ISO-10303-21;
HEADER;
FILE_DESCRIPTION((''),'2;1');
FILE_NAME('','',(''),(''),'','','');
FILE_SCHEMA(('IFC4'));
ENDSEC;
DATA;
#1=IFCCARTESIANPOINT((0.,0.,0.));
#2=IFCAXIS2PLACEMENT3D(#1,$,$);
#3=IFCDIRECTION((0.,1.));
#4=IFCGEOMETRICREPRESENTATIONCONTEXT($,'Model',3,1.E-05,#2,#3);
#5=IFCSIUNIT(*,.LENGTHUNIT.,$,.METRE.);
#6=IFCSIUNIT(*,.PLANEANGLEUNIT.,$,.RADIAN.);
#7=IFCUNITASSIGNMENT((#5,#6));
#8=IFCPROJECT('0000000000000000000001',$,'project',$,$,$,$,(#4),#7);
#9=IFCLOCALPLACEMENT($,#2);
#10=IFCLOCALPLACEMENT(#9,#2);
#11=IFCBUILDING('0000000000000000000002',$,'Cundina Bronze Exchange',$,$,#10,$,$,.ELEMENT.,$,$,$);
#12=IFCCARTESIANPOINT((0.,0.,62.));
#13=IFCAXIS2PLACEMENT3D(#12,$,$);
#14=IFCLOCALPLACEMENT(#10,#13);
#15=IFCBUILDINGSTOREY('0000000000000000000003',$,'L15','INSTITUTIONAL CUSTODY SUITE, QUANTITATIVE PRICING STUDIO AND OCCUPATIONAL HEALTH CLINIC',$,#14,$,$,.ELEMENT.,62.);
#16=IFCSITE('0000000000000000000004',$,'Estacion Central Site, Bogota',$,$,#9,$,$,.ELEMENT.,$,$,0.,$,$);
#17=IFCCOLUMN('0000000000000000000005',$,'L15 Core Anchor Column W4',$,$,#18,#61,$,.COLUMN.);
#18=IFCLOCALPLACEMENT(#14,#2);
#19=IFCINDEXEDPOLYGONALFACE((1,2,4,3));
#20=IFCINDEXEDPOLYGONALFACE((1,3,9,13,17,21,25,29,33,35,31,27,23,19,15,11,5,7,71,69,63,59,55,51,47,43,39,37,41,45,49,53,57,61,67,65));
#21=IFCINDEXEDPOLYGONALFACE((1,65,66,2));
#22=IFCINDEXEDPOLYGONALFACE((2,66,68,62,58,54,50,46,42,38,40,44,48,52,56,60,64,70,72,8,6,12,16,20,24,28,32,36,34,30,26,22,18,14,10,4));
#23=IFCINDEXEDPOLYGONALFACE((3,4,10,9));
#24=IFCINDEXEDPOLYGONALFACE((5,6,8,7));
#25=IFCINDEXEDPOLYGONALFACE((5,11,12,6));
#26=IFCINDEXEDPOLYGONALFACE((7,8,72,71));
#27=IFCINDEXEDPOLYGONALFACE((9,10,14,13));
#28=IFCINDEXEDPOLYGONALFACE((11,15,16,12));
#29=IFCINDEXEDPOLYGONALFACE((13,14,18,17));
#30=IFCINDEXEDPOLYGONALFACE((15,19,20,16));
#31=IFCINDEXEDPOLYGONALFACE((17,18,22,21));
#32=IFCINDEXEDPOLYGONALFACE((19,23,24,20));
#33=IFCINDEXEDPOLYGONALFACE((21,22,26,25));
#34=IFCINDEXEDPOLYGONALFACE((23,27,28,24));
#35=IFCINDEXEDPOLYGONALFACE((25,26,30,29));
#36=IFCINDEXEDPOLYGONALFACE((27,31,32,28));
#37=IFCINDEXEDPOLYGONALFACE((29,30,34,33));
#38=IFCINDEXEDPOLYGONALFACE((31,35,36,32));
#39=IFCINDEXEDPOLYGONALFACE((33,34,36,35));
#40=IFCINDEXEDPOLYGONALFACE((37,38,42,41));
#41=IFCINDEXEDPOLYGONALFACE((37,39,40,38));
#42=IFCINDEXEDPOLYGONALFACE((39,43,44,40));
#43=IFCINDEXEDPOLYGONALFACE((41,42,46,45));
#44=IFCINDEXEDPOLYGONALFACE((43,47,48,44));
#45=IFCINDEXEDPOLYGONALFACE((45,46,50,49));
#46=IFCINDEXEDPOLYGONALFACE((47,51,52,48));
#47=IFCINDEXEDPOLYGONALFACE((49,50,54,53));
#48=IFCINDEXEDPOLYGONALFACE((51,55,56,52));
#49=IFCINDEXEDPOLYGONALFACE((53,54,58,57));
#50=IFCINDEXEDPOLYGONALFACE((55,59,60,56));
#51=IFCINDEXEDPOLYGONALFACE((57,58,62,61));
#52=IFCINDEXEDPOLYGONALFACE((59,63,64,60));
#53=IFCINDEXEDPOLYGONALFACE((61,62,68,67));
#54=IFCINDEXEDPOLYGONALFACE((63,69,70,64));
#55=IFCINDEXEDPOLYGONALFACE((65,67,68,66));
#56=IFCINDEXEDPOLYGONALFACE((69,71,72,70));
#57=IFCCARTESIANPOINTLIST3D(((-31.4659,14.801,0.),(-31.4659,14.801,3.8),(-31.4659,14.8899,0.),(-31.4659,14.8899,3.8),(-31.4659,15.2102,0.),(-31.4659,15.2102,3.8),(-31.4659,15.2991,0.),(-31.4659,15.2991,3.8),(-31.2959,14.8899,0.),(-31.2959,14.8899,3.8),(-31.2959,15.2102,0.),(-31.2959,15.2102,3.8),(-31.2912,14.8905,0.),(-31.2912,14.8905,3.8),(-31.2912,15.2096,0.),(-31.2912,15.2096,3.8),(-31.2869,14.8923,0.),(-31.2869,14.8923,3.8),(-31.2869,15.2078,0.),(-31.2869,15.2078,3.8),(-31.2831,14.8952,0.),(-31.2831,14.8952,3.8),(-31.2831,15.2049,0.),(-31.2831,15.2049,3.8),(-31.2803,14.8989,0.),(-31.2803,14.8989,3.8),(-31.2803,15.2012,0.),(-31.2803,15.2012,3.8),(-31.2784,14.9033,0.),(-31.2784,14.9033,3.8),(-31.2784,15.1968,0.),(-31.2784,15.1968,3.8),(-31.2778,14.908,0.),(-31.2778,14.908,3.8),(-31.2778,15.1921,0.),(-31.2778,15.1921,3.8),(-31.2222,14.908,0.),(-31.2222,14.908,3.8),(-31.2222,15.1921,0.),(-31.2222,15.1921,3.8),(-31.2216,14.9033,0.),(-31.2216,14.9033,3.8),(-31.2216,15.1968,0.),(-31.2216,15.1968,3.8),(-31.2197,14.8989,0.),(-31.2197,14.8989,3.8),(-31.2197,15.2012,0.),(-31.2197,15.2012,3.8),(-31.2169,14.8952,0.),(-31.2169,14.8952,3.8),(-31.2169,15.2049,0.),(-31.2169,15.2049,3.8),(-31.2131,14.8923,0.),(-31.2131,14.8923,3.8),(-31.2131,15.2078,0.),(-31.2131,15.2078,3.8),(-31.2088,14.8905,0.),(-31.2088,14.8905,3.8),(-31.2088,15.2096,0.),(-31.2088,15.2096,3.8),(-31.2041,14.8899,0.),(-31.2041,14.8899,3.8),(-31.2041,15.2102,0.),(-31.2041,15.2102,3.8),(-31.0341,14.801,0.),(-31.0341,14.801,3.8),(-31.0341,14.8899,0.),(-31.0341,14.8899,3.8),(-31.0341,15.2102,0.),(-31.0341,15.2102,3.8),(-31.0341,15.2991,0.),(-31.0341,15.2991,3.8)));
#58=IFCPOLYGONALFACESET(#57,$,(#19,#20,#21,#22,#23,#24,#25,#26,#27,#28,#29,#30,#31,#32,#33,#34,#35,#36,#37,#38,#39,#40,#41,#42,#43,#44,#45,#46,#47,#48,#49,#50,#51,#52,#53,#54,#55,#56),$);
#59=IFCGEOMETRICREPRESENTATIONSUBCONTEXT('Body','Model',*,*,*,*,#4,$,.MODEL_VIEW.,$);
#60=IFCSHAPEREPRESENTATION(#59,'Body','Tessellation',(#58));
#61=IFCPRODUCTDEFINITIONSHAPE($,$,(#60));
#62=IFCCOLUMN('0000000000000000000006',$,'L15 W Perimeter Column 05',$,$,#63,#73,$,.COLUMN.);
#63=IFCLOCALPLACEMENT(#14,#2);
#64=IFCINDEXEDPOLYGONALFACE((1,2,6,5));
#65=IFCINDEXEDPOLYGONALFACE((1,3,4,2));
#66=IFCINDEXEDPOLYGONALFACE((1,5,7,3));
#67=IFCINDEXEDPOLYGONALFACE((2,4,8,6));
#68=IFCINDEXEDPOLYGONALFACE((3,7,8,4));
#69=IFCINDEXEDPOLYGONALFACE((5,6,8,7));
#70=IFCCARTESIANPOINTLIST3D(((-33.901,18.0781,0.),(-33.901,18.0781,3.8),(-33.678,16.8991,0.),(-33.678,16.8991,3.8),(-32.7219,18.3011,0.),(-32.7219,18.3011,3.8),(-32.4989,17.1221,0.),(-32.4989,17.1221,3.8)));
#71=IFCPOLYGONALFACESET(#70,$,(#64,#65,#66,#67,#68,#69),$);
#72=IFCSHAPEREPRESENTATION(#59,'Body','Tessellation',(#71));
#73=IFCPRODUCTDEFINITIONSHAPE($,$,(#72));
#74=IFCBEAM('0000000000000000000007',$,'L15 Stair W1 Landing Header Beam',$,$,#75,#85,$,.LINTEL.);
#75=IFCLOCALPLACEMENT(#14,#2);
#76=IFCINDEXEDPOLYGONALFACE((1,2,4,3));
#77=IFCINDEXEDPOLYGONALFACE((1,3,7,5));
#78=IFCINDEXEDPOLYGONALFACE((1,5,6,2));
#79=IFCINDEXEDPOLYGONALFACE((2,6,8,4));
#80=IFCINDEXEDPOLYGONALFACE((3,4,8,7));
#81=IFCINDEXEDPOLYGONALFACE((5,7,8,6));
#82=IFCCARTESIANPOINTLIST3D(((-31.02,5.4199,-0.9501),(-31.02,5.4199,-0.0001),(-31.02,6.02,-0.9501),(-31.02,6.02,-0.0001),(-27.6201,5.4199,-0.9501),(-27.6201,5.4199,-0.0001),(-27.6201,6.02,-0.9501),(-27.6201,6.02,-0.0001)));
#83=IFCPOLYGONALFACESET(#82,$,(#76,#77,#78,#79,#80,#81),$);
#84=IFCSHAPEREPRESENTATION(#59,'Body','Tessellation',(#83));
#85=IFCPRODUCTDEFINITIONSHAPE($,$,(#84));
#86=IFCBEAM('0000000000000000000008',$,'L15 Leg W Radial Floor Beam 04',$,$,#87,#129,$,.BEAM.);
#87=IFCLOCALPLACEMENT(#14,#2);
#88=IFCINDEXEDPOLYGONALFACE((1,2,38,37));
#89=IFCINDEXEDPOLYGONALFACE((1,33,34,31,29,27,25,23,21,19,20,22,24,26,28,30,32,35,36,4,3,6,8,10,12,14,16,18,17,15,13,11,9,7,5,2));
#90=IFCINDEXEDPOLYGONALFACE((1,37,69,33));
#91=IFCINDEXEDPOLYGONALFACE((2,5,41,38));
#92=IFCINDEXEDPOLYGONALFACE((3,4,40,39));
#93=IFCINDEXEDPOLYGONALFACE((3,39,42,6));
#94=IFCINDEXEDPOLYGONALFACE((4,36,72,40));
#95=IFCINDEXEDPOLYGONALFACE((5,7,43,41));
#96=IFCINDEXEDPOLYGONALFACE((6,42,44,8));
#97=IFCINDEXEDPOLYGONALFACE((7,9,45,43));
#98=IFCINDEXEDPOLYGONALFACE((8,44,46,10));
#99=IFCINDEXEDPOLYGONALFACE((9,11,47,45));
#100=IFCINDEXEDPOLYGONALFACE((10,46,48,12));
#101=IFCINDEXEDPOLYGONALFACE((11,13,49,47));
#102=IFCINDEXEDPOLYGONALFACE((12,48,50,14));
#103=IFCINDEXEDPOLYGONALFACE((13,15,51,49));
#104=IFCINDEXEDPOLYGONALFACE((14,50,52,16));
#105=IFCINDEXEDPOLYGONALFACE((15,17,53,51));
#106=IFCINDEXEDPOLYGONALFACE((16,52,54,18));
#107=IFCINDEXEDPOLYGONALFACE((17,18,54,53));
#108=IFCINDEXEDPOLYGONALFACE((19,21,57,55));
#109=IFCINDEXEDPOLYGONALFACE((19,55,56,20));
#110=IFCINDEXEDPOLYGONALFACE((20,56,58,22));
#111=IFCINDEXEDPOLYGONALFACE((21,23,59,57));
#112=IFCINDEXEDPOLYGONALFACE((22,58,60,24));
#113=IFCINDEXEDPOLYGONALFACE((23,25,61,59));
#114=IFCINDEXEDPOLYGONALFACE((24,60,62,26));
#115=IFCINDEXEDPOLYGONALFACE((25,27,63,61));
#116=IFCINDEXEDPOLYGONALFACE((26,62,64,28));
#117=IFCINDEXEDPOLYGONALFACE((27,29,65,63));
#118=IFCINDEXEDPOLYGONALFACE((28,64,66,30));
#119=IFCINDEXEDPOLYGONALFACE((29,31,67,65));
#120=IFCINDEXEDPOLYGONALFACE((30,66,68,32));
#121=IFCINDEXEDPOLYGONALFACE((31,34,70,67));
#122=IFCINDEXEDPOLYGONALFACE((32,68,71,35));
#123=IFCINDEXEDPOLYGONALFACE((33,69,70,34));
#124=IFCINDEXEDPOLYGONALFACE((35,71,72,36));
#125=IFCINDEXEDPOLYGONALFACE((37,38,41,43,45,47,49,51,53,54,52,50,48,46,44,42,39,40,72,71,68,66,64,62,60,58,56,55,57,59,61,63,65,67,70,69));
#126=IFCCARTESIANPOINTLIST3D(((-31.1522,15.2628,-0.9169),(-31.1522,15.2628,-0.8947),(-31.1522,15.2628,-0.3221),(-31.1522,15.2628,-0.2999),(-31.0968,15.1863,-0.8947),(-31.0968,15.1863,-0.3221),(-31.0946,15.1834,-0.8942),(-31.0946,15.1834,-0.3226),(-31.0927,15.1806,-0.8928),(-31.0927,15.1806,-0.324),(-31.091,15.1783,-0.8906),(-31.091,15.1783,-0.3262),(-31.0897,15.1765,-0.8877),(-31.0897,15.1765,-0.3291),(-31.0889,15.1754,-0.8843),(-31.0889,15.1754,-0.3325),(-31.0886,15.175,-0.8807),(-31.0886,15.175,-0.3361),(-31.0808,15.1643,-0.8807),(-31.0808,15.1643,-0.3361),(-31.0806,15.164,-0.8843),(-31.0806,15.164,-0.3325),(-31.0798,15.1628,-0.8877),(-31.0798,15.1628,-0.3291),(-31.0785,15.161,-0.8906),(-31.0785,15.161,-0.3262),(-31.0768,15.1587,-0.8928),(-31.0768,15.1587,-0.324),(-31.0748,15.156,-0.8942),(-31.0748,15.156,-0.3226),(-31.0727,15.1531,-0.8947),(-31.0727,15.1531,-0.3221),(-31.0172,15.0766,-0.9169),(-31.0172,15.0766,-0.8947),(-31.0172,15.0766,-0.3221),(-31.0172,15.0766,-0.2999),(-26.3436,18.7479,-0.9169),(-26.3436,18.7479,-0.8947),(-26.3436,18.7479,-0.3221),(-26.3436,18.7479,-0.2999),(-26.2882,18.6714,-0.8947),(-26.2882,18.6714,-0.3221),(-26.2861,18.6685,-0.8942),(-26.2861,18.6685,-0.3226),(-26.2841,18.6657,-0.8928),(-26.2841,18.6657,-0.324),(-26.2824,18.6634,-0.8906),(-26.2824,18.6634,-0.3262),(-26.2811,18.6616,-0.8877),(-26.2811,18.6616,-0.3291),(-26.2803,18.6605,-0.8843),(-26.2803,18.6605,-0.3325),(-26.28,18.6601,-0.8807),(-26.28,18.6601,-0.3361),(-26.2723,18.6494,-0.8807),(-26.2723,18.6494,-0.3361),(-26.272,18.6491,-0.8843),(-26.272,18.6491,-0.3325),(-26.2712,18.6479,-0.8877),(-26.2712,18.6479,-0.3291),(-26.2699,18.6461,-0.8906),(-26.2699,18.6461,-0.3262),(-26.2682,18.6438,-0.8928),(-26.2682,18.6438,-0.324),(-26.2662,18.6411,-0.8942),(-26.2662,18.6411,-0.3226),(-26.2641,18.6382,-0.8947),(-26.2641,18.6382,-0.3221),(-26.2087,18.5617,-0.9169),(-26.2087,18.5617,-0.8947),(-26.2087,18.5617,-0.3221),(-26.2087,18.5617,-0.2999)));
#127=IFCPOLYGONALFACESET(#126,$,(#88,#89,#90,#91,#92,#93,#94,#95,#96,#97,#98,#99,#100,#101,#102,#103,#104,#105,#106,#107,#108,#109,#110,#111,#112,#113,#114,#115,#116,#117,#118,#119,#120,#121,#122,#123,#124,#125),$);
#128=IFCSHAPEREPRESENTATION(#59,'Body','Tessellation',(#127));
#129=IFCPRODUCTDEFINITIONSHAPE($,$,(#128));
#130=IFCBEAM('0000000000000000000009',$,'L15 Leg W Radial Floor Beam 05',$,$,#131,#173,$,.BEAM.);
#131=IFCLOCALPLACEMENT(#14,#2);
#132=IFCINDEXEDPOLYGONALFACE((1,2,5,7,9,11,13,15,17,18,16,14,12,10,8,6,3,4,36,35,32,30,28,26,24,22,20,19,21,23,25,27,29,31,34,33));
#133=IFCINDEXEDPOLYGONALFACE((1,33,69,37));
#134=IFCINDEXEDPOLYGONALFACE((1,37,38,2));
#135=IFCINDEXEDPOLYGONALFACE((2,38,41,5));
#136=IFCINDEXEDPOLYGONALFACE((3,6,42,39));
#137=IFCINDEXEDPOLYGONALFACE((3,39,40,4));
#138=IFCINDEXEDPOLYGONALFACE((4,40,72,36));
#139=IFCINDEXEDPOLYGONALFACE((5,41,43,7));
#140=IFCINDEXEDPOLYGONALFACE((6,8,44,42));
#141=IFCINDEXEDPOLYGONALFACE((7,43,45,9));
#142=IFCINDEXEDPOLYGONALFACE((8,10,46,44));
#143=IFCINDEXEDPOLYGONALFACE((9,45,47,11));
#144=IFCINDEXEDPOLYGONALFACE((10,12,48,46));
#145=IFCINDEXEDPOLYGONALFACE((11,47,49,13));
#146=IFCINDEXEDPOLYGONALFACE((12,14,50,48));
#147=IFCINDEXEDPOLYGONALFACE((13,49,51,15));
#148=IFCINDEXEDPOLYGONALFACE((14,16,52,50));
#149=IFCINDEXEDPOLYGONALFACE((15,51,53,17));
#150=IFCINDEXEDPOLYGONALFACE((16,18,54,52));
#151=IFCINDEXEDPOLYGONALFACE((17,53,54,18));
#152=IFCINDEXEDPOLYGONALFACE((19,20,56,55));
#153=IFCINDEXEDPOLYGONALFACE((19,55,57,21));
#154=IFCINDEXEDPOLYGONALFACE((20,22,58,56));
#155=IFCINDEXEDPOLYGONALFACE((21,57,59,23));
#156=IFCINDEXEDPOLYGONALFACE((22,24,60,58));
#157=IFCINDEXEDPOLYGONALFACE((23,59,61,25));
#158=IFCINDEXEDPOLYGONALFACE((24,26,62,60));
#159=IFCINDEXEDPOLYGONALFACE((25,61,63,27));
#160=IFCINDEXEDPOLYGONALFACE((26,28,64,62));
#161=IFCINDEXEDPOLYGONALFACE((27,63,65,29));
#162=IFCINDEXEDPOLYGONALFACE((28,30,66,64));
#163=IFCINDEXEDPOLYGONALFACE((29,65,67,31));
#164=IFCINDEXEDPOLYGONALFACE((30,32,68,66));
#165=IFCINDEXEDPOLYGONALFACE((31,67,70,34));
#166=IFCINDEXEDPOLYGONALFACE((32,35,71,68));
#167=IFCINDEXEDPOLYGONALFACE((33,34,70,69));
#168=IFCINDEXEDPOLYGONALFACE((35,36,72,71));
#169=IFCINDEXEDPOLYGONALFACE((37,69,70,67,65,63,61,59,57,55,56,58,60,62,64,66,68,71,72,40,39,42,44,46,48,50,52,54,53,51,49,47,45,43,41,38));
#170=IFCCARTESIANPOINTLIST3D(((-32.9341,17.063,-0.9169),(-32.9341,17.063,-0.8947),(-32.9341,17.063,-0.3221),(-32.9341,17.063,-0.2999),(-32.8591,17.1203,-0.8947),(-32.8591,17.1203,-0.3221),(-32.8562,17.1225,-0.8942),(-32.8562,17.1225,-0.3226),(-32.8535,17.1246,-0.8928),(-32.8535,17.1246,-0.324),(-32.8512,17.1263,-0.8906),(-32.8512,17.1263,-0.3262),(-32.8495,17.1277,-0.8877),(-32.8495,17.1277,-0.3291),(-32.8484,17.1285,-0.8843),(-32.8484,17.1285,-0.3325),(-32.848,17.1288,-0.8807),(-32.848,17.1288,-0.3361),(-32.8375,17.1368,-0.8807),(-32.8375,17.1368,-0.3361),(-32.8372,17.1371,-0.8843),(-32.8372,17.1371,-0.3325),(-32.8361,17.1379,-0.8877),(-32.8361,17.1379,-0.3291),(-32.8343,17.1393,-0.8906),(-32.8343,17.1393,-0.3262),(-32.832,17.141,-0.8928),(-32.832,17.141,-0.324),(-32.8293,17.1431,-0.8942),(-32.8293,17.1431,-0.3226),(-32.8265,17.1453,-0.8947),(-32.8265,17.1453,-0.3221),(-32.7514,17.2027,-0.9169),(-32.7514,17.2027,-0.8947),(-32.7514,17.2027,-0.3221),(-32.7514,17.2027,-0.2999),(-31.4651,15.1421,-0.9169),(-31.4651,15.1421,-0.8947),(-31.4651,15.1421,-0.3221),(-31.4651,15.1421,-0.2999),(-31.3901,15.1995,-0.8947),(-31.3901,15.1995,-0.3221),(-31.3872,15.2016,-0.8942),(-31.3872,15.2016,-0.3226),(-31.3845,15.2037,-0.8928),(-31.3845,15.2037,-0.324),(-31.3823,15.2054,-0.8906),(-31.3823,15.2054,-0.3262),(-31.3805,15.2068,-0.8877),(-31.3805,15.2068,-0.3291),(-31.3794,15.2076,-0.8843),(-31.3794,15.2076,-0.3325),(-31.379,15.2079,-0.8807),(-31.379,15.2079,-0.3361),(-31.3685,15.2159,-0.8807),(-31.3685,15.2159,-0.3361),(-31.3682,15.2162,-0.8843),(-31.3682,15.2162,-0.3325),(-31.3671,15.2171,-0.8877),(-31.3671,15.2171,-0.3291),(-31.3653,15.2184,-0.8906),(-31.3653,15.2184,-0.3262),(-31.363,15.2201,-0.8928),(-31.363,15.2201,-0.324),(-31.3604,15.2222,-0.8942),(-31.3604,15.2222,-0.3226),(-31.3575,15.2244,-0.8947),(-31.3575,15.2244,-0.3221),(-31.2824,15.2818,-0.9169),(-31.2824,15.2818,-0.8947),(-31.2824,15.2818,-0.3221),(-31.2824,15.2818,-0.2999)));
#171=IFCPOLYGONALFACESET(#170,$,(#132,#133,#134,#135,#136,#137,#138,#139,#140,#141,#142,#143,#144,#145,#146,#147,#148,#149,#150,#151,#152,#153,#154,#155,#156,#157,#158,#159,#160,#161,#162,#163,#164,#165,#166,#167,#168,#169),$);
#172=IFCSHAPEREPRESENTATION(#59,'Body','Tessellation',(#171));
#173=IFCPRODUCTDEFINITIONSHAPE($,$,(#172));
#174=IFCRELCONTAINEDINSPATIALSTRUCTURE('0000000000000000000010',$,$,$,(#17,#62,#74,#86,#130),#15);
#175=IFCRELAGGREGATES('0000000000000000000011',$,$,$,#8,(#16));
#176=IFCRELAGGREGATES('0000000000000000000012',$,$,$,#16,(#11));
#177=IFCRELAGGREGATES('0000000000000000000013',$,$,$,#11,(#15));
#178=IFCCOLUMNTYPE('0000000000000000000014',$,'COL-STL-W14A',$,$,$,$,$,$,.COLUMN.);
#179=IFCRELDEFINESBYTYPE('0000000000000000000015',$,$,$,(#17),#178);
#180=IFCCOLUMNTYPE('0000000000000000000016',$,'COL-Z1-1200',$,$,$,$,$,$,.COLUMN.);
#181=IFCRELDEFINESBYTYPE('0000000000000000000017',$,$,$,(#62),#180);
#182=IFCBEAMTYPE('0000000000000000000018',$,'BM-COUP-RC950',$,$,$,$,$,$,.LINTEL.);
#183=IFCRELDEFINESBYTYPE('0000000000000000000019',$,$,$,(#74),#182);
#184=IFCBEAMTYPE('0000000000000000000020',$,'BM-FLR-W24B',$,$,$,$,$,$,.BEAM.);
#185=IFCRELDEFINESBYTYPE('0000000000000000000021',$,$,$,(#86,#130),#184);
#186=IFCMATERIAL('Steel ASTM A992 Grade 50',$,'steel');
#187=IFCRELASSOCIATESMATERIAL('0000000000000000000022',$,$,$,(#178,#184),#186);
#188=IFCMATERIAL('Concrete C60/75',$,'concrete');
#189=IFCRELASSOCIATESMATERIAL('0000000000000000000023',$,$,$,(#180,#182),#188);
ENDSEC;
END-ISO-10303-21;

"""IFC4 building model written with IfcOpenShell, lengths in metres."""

from ifc_helpers import new_model, si_unit, direction, frame, origin, origin_2d, place, context, subcontext, project, spatial, rectangle, i_section, extrude, material, material_profile, profile_set, type_object, element, save


model = new_model("IFC4")

# Units and contexts
model_context = context("Model", 3, precision=1e-05, world=origin(), true_north=direction((0.0, 1.0)))
body_context = subcontext(model_context, "Body", "Model", "MODEL_VIEW")
ifc_project = project(units=[si_unit("LENGTHUNIT", "METRE"), si_unit("PLANEANGLEUNIT", "RADIAN")], contexts=[model_context])

# Site, building, storey
site_placement = place(None, origin())
site = spatial("IfcSite", under=ifc_project, at=site_placement, Name="Estacion Central Site, Bogota", CompositionType="ELEMENT", RefElevation=0.0)
building_placement = place(site_placement, origin())
building = spatial("IfcBuilding", under=site, at=building_placement, Name="Cundina Bronze Exchange", CompositionType="ELEMENT")
storey_placement = place(building_placement, frame((0.0, 0.0, 62.0)))
storey = spatial("IfcBuildingStorey", under=building, at=storey_placement, Name="L15", Description="INSTITUTIONAL CUSTODY SUITE, QUANTITATIVE PRICING STUDIO AND OCCUPATIONAL HEALTH CLINIC", CompositionType="ELEMENT", Elevation=62.0)

# Columns
ifc_material_1 = material(Name="Steel ASTM A992 Grade 50", Category="steel")
ifc_material_profile_1 = material_profile(ifc_material_1, i_section(OverallWidth=0.4319, OverallDepth=0.498, WebThickness=0.0557, FlangeThickness=0.0889, FilletRadius=0.0181, at=origin_2d()), Name="W14X500", Category="steel")
ifc_profile_set_1 = profile_set([ifc_material_profile_1], Name="Steel ASTM A992 Grade 50")
column_type_1 = type_object("IfcColumnType", Name="COL-STL-W14A", PredefinedType="COLUMN", material=ifc_profile_set_1)
column_1_placement = place(storey_placement, frame((-31.25, 15.05, 0.0), z_axis=(0.0, 0.0, 1.0), x_axis=(1.0, 0.0, 0.0)))
element("IfcColumn", 1, at=column_1_placement, inside=storey, type_object=column_type_1, Name="L15 Core Anchor Column W4", PredefinedType="COLUMN", context=body_context, shape_type="SweptSolid", body=[
    extrude(i_section(OverallWidth=0.4319, OverallDepth=0.498, WebThickness=0.0557, FlangeThickness=0.0889, FilletRadius=0.0181, at=origin_2d()), origin(), (0.0, 0.0, 1.0), 3.8),
])
ifc_material_2 = material(Name="Concrete C60/75", Category="concrete")
ifc_material_profile_2 = material_profile(ifc_material_2, rectangle(XDim=1.2, YDim=1.2, at=origin_2d()), Name="RC1200X1200", Category="concrete")
ifc_profile_set_2 = profile_set([ifc_material_profile_2], Name="Concrete C60/75")
column_type_2 = type_object("IfcColumnType", Name="COL-Z1-1200", PredefinedType="COLUMN", material=ifc_profile_set_2)
column_2_placement = place(storey_placement, frame((-33.2, 17.6001, 0.0), z_axis=(0.0, 0.0, 1.0), x_axis=(-0.98258, -0.185838, 0.0)))
element("IfcColumn", 2, at=column_2_placement, inside=storey, type_object=column_type_2, Name="L15 W Perimeter Column 05", PredefinedType="COLUMN", context=body_context, shape_type="SweptSolid", body=[
    extrude(rectangle(XDim=1.2, YDim=1.2, at=origin_2d()), origin(), (0.0, 0.0, 1.0), 3.8),
])

# Beams
ifc_material_profile_3 = material_profile(ifc_material_2, rectangle(XDim=0.6001, YDim=0.95, at=origin_2d()), Name="RC600X950", Category="concrete")
ifc_profile_set_3 = profile_set([ifc_material_profile_3], Name="Concrete C60/75")
beam_type_1 = type_object("IfcBeamType", Name="BM-COUP-RC950", PredefinedType="LINTEL", material=ifc_profile_set_3)
beam_1_placement = place(storey_placement, frame((-31.02, 5.72, -0.4751), z_axis=(1.0, 0.0, 0.0), x_axis=(0.0, 1.0, 0.0)))
element("IfcBeam", 3, at=beam_1_placement, inside=storey, type_object=beam_type_1, Name="L15 Stair W1 Landing Header Beam", PredefinedType="LINTEL", context=body_context, shape_type="SweptSolid", body=[
    extrude(rectangle(XDim=0.6001, YDim=0.95, at=origin_2d()), origin(), (0.0, 0.0, 1.0), 3.3999),
])
ifc_material_profile_4 = material_profile(ifc_material_1, i_section(OverallWidth=0.23, OverallDepth=0.6169, WebThickness=0.0132, FlangeThickness=0.0222, FilletRadius=0.0139, at=origin_2d()), Name="W24X94", Category="steel")
ifc_profile_set_4 = profile_set([ifc_material_profile_4], Name="Steel ASTM A992 Grade 50")
beam_type_2 = type_object("IfcBeamType", Name="BM-FLR-W24B", PredefinedType="BEAM", material=ifc_profile_set_4)
beam_2_placement = place(storey_placement, frame((-31.0847, 15.1697, -0.6084), z_axis=(0.8097, 0.586844, 0.0), x_axis=(-0.586844, 0.8097, 0.0)))
element("IfcBeam", 4, at=beam_2_placement, inside=storey, type_object=beam_type_2, Name="L15 Leg W Radial Floor Beam 04", PredefinedType="BEAM", context=body_context, shape_type="SweptSolid", body=[
    extrude(i_section(OverallWidth=0.23, OverallDepth=0.6169, WebThickness=0.0132, FlangeThickness=0.0222, FilletRadius=0.0139, at=origin_2d()), origin(), (0.0, 0.0, 1.0), 5.9387),
])
beam_3_placement = place(storey_placement, frame((-31.3738, 15.2119, -0.6084), z_axis=(-0.607469, 0.794344, 0.0), x_axis=(-0.794344, -0.607469, 0.0)))
element("IfcBeam", 5, at=beam_3_placement, inside=storey, type_object=beam_type_2, Name="L15 Leg W Radial Floor Beam 05", PredefinedType="BEAM", context=body_context, shape_type="SweptSolid", body=[
    extrude(i_section(OverallWidth=0.23, OverallDepth=0.6169, WebThickness=0.0132, FlangeThickness=0.0222, FilletRadius=0.0139, at=origin_2d()), origin(), (0.0, 0.0, 1.0), 2.4182),
])

save(model, "model.ifc")
